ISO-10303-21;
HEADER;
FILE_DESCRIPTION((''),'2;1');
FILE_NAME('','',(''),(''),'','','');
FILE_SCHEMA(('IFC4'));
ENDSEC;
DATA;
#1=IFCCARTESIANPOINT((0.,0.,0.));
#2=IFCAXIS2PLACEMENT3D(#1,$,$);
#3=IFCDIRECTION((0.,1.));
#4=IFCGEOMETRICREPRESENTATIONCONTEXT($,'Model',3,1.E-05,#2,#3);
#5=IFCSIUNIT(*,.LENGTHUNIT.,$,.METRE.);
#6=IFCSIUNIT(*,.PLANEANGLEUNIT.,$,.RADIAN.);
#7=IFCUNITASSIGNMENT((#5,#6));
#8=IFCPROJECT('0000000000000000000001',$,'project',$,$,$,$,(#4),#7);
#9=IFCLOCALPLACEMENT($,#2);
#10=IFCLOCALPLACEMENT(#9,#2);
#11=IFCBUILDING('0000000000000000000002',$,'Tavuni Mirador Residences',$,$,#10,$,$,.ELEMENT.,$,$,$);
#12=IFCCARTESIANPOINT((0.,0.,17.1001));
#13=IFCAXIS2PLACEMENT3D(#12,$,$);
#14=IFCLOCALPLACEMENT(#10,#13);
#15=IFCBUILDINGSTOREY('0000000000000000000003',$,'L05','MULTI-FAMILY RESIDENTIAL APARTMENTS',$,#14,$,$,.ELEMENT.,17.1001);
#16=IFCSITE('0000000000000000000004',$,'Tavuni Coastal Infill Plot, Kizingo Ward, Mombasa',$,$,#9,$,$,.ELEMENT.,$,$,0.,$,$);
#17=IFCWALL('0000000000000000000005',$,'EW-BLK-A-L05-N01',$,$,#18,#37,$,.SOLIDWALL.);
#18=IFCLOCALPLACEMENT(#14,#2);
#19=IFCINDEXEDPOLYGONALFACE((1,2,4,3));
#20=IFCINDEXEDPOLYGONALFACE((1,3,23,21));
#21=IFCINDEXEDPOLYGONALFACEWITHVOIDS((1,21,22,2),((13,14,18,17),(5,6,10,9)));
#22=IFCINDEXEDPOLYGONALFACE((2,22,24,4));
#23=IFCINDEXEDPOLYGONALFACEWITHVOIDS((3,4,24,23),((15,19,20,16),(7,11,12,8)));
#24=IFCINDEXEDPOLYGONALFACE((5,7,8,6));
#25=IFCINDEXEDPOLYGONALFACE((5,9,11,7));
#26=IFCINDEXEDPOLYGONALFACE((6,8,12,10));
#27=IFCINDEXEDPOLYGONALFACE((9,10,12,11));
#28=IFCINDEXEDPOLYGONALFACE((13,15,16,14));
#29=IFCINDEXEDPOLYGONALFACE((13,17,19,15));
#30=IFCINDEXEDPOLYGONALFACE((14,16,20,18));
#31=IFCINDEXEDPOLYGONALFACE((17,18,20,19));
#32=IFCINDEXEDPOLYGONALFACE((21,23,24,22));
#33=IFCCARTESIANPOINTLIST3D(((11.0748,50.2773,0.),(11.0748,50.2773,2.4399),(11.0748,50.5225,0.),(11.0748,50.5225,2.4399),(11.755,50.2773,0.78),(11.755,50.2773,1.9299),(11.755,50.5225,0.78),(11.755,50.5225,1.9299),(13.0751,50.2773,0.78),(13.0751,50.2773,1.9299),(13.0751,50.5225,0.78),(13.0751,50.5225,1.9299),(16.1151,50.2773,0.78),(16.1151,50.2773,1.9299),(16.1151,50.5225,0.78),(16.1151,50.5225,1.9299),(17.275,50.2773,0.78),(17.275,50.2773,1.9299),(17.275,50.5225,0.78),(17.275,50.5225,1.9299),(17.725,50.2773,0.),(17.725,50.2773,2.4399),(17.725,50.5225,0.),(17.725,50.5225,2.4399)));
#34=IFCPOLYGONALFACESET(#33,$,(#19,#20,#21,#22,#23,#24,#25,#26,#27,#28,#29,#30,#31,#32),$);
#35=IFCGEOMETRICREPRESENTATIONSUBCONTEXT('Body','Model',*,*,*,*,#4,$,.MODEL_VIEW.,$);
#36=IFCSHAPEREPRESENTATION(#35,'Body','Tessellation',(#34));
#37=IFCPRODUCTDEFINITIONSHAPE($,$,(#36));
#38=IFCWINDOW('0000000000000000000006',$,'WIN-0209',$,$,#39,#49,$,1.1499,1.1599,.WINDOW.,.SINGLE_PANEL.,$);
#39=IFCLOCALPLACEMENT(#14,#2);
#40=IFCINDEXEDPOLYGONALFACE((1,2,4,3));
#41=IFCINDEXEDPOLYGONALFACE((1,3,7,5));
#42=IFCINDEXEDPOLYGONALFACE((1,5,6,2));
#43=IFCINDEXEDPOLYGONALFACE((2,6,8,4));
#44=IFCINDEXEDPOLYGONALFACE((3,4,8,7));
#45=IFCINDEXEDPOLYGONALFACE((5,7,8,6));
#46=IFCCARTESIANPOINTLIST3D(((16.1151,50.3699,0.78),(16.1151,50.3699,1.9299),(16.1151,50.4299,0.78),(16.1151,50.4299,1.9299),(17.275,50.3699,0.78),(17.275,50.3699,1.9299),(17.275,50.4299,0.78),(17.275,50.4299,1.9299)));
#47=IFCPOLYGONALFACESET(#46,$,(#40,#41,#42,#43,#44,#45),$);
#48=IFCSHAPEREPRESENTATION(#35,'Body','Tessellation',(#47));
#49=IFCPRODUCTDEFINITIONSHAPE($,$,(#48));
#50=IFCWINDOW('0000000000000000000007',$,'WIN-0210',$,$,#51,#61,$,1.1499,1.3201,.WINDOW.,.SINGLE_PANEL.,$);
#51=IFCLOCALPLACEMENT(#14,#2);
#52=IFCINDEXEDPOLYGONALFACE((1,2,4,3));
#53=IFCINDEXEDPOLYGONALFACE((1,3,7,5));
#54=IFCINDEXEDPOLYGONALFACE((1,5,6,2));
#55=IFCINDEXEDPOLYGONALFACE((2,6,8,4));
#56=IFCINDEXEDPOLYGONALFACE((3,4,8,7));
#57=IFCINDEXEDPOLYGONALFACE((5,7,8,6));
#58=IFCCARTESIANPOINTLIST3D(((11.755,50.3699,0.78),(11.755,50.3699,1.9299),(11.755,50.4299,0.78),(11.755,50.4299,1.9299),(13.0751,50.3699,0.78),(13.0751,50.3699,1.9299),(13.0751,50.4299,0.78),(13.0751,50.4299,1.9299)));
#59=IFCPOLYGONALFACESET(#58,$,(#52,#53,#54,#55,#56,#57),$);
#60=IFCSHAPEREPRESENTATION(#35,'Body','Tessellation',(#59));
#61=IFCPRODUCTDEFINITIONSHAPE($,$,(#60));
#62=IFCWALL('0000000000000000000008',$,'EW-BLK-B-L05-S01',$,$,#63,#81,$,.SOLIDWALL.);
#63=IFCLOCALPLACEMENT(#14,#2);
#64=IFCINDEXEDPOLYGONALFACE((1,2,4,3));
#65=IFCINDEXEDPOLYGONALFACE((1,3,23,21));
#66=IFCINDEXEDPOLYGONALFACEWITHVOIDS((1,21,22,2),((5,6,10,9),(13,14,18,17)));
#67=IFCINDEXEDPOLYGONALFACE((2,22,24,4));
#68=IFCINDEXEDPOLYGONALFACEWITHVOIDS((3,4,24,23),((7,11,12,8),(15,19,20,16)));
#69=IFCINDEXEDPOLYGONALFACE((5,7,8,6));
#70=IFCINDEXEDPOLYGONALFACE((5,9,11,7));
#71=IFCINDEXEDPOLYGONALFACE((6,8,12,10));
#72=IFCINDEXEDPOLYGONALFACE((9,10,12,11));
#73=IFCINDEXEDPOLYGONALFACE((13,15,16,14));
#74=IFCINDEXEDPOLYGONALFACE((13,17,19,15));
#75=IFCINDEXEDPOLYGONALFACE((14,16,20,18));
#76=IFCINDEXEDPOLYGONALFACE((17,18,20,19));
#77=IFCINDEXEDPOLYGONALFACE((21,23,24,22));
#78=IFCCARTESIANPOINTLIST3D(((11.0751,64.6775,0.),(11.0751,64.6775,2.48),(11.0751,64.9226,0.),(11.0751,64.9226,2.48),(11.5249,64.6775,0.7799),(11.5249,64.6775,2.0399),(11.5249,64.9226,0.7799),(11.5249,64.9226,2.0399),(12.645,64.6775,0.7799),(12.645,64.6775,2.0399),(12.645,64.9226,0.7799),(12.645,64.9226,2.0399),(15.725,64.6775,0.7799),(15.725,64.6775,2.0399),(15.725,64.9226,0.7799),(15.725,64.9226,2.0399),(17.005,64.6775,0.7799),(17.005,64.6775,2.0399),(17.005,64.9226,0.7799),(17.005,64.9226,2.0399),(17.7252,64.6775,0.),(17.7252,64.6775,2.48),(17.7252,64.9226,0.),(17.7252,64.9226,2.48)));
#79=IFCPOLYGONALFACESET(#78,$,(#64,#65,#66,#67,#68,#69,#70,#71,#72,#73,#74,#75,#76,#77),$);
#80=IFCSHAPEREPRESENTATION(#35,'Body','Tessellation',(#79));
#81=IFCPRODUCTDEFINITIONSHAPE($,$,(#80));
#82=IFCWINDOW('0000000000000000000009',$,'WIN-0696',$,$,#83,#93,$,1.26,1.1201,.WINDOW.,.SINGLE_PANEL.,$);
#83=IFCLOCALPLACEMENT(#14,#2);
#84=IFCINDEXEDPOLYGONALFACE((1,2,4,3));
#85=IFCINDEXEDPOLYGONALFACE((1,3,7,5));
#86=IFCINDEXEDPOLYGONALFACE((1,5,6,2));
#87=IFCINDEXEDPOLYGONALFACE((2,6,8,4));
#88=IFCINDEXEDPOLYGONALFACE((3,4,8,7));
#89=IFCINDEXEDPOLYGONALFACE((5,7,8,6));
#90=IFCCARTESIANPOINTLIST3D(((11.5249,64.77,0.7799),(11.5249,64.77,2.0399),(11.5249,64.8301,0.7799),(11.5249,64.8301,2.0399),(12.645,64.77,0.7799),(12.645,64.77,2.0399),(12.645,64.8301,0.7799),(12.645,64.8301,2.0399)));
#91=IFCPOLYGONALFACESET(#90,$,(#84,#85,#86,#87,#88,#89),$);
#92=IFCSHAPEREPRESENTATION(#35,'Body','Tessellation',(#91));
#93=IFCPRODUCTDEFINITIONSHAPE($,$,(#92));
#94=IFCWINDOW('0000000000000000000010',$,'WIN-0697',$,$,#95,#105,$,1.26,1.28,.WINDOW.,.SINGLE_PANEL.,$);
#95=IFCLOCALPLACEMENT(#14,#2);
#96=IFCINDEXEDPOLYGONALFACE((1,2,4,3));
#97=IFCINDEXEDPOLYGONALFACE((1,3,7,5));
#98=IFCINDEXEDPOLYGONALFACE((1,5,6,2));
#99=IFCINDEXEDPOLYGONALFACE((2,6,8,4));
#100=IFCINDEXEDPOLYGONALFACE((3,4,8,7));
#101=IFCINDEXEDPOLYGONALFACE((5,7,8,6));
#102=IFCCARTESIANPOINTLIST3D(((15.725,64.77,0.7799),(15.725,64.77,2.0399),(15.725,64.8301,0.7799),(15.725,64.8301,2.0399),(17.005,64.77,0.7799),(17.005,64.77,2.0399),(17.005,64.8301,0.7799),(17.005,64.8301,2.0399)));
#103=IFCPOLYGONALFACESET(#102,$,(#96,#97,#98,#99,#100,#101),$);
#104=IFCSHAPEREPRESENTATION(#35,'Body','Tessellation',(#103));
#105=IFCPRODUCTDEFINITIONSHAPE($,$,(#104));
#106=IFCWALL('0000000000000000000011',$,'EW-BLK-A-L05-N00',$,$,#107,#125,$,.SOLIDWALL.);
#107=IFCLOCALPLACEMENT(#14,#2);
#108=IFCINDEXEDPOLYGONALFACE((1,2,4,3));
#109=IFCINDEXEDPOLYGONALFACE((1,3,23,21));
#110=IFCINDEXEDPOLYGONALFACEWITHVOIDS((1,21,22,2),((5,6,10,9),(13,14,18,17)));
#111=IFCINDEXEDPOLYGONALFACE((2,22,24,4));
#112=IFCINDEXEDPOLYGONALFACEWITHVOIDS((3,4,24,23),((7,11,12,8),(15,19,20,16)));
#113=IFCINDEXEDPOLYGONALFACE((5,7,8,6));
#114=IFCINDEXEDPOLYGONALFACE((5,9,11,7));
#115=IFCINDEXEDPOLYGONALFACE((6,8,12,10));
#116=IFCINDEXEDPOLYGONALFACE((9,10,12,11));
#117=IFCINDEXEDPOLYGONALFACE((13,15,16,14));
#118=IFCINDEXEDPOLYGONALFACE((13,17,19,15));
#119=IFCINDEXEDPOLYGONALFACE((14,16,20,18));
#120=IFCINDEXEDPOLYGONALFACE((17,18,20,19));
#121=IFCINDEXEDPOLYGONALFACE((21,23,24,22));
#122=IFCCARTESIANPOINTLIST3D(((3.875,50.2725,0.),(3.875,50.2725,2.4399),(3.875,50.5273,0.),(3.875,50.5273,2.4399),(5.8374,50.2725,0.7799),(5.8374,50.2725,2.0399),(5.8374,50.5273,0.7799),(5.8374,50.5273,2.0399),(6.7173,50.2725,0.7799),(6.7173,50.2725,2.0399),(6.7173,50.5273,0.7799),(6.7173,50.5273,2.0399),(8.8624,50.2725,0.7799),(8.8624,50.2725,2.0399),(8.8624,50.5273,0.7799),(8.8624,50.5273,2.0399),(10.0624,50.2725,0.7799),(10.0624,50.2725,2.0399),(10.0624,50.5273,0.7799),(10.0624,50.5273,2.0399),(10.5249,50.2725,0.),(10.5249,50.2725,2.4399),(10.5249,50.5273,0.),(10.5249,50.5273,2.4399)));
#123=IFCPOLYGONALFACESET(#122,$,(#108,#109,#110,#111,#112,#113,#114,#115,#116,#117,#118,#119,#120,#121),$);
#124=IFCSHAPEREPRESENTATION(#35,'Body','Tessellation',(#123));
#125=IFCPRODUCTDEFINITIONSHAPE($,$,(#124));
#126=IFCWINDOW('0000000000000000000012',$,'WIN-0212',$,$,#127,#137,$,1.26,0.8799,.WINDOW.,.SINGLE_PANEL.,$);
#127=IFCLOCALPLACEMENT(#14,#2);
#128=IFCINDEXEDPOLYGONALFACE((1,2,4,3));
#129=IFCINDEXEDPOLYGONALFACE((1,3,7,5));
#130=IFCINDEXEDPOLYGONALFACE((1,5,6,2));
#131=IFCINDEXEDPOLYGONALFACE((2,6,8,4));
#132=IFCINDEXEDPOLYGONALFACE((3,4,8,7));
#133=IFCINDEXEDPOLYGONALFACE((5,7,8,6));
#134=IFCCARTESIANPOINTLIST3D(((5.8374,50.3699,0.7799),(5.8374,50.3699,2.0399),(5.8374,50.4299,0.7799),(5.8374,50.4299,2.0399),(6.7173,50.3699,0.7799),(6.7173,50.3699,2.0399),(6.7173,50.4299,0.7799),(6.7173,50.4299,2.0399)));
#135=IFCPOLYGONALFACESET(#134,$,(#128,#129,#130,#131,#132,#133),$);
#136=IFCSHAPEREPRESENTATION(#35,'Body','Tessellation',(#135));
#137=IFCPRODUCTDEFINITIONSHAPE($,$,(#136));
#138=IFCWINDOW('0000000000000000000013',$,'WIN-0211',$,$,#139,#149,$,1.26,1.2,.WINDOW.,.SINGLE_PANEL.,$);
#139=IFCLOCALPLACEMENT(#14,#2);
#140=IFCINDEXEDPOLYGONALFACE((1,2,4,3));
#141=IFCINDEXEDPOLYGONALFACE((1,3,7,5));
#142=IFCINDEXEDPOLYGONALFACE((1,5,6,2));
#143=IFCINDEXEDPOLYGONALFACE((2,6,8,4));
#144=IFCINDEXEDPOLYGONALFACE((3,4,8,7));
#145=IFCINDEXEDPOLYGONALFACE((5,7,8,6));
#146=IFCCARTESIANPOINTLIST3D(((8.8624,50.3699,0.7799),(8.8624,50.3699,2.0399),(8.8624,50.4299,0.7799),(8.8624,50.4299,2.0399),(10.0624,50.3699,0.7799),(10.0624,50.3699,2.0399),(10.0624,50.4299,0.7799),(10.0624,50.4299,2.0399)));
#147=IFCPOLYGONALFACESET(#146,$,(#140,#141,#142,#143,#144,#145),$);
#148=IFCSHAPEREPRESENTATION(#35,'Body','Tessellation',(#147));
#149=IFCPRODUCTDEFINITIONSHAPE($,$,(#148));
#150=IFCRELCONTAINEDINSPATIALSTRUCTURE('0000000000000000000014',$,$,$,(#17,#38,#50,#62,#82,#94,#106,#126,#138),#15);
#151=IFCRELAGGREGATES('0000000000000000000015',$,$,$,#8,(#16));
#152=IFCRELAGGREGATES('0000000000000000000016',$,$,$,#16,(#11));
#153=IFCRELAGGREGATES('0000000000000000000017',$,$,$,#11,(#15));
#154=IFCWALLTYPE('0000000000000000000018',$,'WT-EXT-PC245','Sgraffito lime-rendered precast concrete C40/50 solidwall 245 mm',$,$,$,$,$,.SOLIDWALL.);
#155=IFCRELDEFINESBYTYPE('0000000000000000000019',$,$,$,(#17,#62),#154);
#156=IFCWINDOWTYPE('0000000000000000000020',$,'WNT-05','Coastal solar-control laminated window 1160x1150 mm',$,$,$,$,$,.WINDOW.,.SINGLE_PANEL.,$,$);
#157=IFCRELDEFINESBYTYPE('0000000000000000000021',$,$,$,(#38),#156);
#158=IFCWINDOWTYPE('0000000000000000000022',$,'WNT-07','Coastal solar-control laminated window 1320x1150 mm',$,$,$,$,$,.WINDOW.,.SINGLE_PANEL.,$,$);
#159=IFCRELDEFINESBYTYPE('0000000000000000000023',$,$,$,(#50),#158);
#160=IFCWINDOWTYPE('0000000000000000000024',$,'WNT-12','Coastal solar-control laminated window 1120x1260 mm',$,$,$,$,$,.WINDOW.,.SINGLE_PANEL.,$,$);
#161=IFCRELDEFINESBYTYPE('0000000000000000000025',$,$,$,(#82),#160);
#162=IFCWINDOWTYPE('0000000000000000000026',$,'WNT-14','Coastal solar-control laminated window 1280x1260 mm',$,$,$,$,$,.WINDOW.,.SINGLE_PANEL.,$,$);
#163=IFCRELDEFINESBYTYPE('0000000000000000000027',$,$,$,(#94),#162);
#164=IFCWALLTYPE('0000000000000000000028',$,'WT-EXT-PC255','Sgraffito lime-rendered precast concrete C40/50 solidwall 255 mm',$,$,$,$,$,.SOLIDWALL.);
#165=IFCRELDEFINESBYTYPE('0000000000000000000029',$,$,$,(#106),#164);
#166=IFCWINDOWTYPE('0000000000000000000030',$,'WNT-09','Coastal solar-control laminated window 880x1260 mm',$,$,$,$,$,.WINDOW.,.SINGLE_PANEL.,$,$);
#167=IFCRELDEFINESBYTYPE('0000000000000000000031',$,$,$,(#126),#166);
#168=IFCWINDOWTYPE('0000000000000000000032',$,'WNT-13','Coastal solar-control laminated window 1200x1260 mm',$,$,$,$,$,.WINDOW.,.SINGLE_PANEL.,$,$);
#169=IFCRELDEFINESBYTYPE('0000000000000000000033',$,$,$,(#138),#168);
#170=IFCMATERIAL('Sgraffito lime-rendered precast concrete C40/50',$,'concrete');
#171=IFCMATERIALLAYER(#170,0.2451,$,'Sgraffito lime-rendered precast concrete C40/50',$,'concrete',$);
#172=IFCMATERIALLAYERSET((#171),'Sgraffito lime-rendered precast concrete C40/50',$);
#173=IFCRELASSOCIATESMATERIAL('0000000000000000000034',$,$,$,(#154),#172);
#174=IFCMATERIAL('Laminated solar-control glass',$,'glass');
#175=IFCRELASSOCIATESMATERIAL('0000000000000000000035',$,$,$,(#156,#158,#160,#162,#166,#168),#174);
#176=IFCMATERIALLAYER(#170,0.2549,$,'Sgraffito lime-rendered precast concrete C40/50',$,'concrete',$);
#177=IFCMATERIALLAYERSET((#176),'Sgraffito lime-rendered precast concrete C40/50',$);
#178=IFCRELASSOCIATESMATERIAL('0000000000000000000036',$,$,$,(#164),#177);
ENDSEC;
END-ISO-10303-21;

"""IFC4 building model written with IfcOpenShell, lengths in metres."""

from ifc_helpers import new_model, si_unit, direction, frame, frame_2d, origin, place, context, subcontext, project, spatial, rectangle, extrude, material, layer, layer_set, type_object, element, fill, save


model = new_model("IFC4")

# Units and contexts
model_context = context("Model", 3, precision=1e-05, world=origin(), true_north=direction((0.0, 1.0)))
body_context = subcontext(model_context, "Body", "Model", "MODEL_VIEW")
ifc_project = project(units=[si_unit("LENGTHUNIT", "METRE"), si_unit("PLANEANGLEUNIT", "RADIAN")], contexts=[model_context])

# Site, building, storey
site_placement = place(None, origin())
site = spatial("IfcSite", under=ifc_project, at=site_placement, Name="Tavuni Coastal Infill Plot, Kizingo Ward, Mombasa", CompositionType="ELEMENT", RefElevation=0.0)
building_placement = place(site_placement, origin())
building = spatial("IfcBuilding", under=site, at=building_placement, Name="Tavuni Mirador Residences", CompositionType="ELEMENT")
storey_placement = place(building_placement, frame((0.0, 0.0, 17.1001)))
storey = spatial("IfcBuildingStorey", under=building, at=storey_placement, Name="L05", Description="MULTI-FAMILY RESIDENTIAL APARTMENTS", CompositionType="ELEMENT", Elevation=17.1001)

# Walls, openings, windows
ifc_material_1 = material(Name="Sgraffito lime-rendered precast concrete C40/50", Category="concrete")
ifc_layer_1 = layer(ifc_material_1, 0.2451, Name="Sgraffito lime-rendered precast concrete C40/50", Category="concrete")
ifc_layer_set_1 = layer_set([ifc_layer_1], Name="Sgraffito lime-rendered precast concrete C40/50")
wall_type_1 = type_object("IfcWallType", Name="WT-EXT-PC245", Description="Sgraffito lime-rendered precast concrete C40/50 solidwall 245 mm", PredefinedType="SOLIDWALL", material=ifc_layer_set_1)
wall_1_placement = place(storey_placement, frame((17.7251, 50.3999, 0.0), z_axis=(0.0, 0.0, 1.0), x_axis=(-1.0, 0.0, 0.0)))
wall_1 = element("IfcWall", 1, at=wall_1_placement, inside=storey, type_object=wall_type_1, Name="EW-BLK-A-L05-N01", PredefinedType="SOLIDWALL", context=body_context, shape_type="SweptSolid", body=[
    extrude(rectangle(XDim=6.6501, YDim=0.2451, at=frame_2d((3.3252, 0.0))), origin(), (0.0, 0.0, 1.0), 2.4399),
])
opening_1_placement = place(wall_1_placement, frame((0.45, 0.0, 0.78)))
opening_1 = element("IfcOpeningElement", 2, at=opening_1_placement, cuts=wall_1, PredefinedType="OPENING", context=body_context, shape_type="SweptSolid", body=[
    extrude(rectangle(XDim=1.1599, YDim=1.1499, at=frame_2d((0.5801, 0.575))), frame((0.0, 0.1326, 0.0), z_axis=(0.0, -1.0, 0.0), x_axis=(1.0, 0.0, 0.0)), (0.0, 0.0, 1.0), 0.2651),
])
opening_2_placement = place(wall_1_placement, frame((4.6499, 0.0, 0.78)))
opening_2 = element("IfcOpeningElement", 3, at=opening_2_placement, cuts=wall_1, PredefinedType="OPENING", context=body_context, shape_type="SweptSolid", body=[
    extrude(rectangle(XDim=1.3201, YDim=1.1499, at=frame_2d((0.6602, 0.575))), frame((0.0, 0.1326, 0.0), z_axis=(0.0, -1.0, 0.0), x_axis=(1.0, 0.0, 0.0)), (0.0, 0.0, 1.0), 0.2651),
])
ifc_material_2 = material(Name="Laminated solar-control glass", Category="glass")
window_type_1 = type_object("IfcWindowType", Name="WNT-05", Description="Coastal solar-control laminated window 1160x1150 mm", PartitioningType="SINGLE_PANEL", PredefinedType="WINDOW", material=ifc_material_2)
window_1_placement = place(opening_1_placement, origin())
window_1 = element("IfcWindow", 4, at=window_1_placement, inside=storey, type_object=window_type_1, Name="WIN-0209", OverallHeight=1.1499, OverallWidth=1.1599, PartitioningType="SINGLE_PANEL", PredefinedType="WINDOW", context=body_context, shape_type="SweptSolid", body=[
    extrude(rectangle(XDim=1.1599, YDim=1.1499, at=frame_2d((0.5801, 0.575))), frame((0.0, 0.03, 0.0), z_axis=(0.0, -1.0, 0.0), x_axis=(1.0, 0.0, 0.0)), (0.0, 0.0, 1.0), 0.0601),
])
fill(opening_1, window_1)
window_type_2 = type_object("IfcWindowType", Name="WNT-07", Description="Coastal solar-control laminated window 1320x1150 mm", PartitioningType="SINGLE_PANEL", PredefinedType="WINDOW", material=ifc_material_2)
window_2_placement = place(opening_2_placement, origin())
window_2 = element("IfcWindow", 5, at=window_2_placement, inside=storey, type_object=window_type_2, Name="WIN-0210", OverallHeight=1.1499, OverallWidth=1.3201, PartitioningType="SINGLE_PANEL", PredefinedType="WINDOW", context=body_context, shape_type="SweptSolid", body=[
    extrude(rectangle(XDim=1.3201, YDim=1.1499, at=frame_2d((0.6602, 0.575))), frame((0.0, 0.03, 0.0), z_axis=(0.0, -1.0, 0.0), x_axis=(1.0, 0.0, 0.0)), (0.0, 0.0, 1.0), 0.0601),
])
fill(opening_2, window_2)
wall_2_placement = place(storey_placement, frame((11.075, 64.8, 0.0), z_axis=(0.0, 0.0, 1.0), x_axis=(1.0, 0.0, 0.0)))
wall_2 = element("IfcWall", 6, at=wall_2_placement, inside=storey, type_object=wall_type_1, Name="EW-BLK-B-L05-S01", PredefinedType="SOLIDWALL", context=body_context, shape_type="SweptSolid", body=[
    extrude(rectangle(XDim=6.6501, YDim=0.2451, at=frame_2d((3.3252, 0.0))), origin(), (0.0, 0.0, 1.0), 2.48),
])
opening_3_placement = place(wall_2_placement, frame((0.45, 0.0, 0.78)))
opening_3 = element("IfcOpeningElement", 7, at=opening_3_placement, cuts=wall_2, PredefinedType="OPENING", context=body_context, shape_type="SweptSolid", body=[
    extrude(rectangle(XDim=1.1201, YDim=1.26, at=frame_2d((0.5601, 0.6299))), frame((0.0, 0.1326, 0.0), z_axis=(0.0, -1.0, 0.0), x_axis=(1.0, 0.0, 0.0)), (0.0, 0.0, 1.0), 0.2651),
])
opening_4_placement = place(wall_2_placement, frame((4.6499, 0.0, 0.78)))
opening_4 = element("IfcOpeningElement", 8, at=opening_4_placement, cuts=wall_2, PredefinedType="OPENING", context=body_context, shape_type="SweptSolid", body=[
    extrude(rectangle(XDim=1.28, YDim=1.26, at=frame_2d((0.6401, 0.6299))), frame((0.0, 0.1326, 0.0), z_axis=(0.0, -1.0, 0.0), x_axis=(1.0, 0.0, 0.0)), (0.0, 0.0, 1.0), 0.2651),
])
window_type_3 = type_object("IfcWindowType", Name="WNT-12", Description="Coastal solar-control laminated window 1120x1260 mm", PartitioningType="SINGLE_PANEL", PredefinedType="WINDOW", material=ifc_material_2)
window_3_placement = place(opening_3_placement, origin())
window_3 = element("IfcWindow", 9, at=window_3_placement, inside=storey, type_object=window_type_3, Name="WIN-0696", OverallHeight=1.26, OverallWidth=1.1201, PartitioningType="SINGLE_PANEL", PredefinedType="WINDOW", context=body_context, shape_type="SweptSolid", body=[
    extrude(rectangle(XDim=1.1201, YDim=1.26, at=frame_2d((0.5601, 0.6299))), frame((0.0, 0.03, 0.0), z_axis=(0.0, -1.0, 0.0), x_axis=(1.0, 0.0, 0.0)), (0.0, 0.0, 1.0), 0.0601),
])
fill(opening_3, window_3)
window_type_4 = type_object("IfcWindowType", Name="WNT-14", Description="Coastal solar-control laminated window 1280x1260 mm", PartitioningType="SINGLE_PANEL", PredefinedType="WINDOW", material=ifc_material_2)
window_4_placement = place(opening_4_placement, origin())
window_4 = element("IfcWindow", 10, at=window_4_placement, inside=storey, type_object=window_type_4, Name="WIN-0697", OverallHeight=1.26, OverallWidth=1.28, PartitioningType="SINGLE_PANEL", PredefinedType="WINDOW", context=body_context, shape_type="SweptSolid", body=[
    extrude(rectangle(XDim=1.28, YDim=1.26, at=frame_2d((0.6401, 0.6299))), frame((0.0, 0.03, 0.0), z_axis=(0.0, -1.0, 0.0), x_axis=(1.0, 0.0, 0.0)), (0.0, 0.0, 1.0), 0.0601),
])
fill(opening_4, window_4)
ifc_layer_2 = layer(ifc_material_1, 0.2549, Name="Sgraffito lime-rendered precast concrete C40/50", Category="concrete")
ifc_layer_set_2 = layer_set([ifc_layer_2], Name="Sgraffito lime-rendered precast concrete C40/50")
wall_type_2 = type_object("IfcWallType", Name="WT-EXT-PC255", Description="Sgraffito lime-rendered precast concrete C40/50 solidwall 255 mm", PredefinedType="SOLIDWALL", material=ifc_layer_set_2)
wall_3_placement = place(storey_placement, frame((10.5249, 50.3999, 0.0), z_axis=(0.0, 0.0, 1.0), x_axis=(-1.0, 0.0, 0.0)))
wall_3 = element("IfcWall", 11, at=wall_3_placement, inside=storey, type_object=wall_type_2, Name="EW-BLK-A-L05-N00", PredefinedType="SOLIDWALL", context=body_context, shape_type="SweptSolid", body=[
    extrude(rectangle(XDim=6.6499, YDim=0.2549, at=frame_2d((3.325, 0.0))), origin(), (0.0, 0.0, 1.0), 2.4399),
])
opening_5_placement = place(wall_3_placement, frame((0.4624, 0.0, 0.78)))
opening_5 = element("IfcOpeningElement", 12, at=opening_5_placement, cuts=wall_3, PredefinedType="OPENING", context=body_context, shape_type="SweptSolid", body=[
    extrude(rectangle(XDim=1.2, YDim=1.26, at=frame_2d((0.6001, 0.6299))), frame((0.0, 0.1375, 0.0), z_axis=(0.0, -1.0, 0.0), x_axis=(1.0, 0.0, 0.0)), (0.0, 0.0, 1.0), 0.2749),
])
opening_6_placement = place(wall_3_placement, frame((3.8076, 0.0, 0.78)))
opening_6 = element("IfcOpeningElement", 13, at=opening_6_placement, cuts=wall_3, PredefinedType="OPENING", context=body_context, shape_type="SweptSolid", body=[
    extrude(rectangle(XDim=0.8799, YDim=1.26, at=frame_2d((0.4399, 0.6299))), frame((0.0, 0.1375, 0.0), z_axis=(0.0, -1.0, 0.0), x_axis=(1.0, 0.0, 0.0)), (0.0, 0.0, 1.0), 0.2749),
])
window_type_5 = type_object("IfcWindowType", Name="WNT-09", Description="Coastal solar-control laminated window 880x1260 mm", PartitioningType="SINGLE_PANEL", PredefinedType="WINDOW", material=ifc_material_2)
window_5_placement = place(opening_6_placement, origin())
window_5 = element("IfcWindow", 14, at=window_5_placement, inside=storey, type_object=window_type_5, Name="WIN-0212", OverallHeight=1.26, OverallWidth=0.8799, PartitioningType="SINGLE_PANEL", PredefinedType="WINDOW", context=body_context, shape_type="SweptSolid", body=[
    extrude(rectangle(XDim=0.8799, YDim=1.26, at=frame_2d((0.4399, 0.6299))), frame((0.0, 0.03, 0.0), z_axis=(0.0, -1.0, 0.0), x_axis=(1.0, 0.0, 0.0)), (0.0, 0.0, 1.0), 0.0601),
])
fill(opening_6, window_5)
window_type_6 = type_object("IfcWindowType", Name="WNT-13", Description="Coastal solar-control laminated window 1200x1260 mm", PartitioningType="SINGLE_PANEL", PredefinedType="WINDOW", material=ifc_material_2)
window_6_placement = place(opening_5_placement, origin())
window_6 = element("IfcWindow", 15, at=window_6_placement, inside=storey, type_object=window_type_6, Name="WIN-0211", OverallHeight=1.26, OverallWidth=1.2, PartitioningType="SINGLE_PANEL", PredefinedType="WINDOW", context=body_context, shape_type="SweptSolid", body=[
    extrude(rectangle(XDim=1.2, YDim=1.26, at=frame_2d((0.6001, 0.6299))), frame((0.0, 0.03, 0.0), z_axis=(0.0, -1.0, 0.0), x_axis=(1.0, 0.0, 0.0)), (0.0, 0.0, 1.0), 0.0601),
])
fill(opening_5, window_6)

save(model, "model.ifc")
